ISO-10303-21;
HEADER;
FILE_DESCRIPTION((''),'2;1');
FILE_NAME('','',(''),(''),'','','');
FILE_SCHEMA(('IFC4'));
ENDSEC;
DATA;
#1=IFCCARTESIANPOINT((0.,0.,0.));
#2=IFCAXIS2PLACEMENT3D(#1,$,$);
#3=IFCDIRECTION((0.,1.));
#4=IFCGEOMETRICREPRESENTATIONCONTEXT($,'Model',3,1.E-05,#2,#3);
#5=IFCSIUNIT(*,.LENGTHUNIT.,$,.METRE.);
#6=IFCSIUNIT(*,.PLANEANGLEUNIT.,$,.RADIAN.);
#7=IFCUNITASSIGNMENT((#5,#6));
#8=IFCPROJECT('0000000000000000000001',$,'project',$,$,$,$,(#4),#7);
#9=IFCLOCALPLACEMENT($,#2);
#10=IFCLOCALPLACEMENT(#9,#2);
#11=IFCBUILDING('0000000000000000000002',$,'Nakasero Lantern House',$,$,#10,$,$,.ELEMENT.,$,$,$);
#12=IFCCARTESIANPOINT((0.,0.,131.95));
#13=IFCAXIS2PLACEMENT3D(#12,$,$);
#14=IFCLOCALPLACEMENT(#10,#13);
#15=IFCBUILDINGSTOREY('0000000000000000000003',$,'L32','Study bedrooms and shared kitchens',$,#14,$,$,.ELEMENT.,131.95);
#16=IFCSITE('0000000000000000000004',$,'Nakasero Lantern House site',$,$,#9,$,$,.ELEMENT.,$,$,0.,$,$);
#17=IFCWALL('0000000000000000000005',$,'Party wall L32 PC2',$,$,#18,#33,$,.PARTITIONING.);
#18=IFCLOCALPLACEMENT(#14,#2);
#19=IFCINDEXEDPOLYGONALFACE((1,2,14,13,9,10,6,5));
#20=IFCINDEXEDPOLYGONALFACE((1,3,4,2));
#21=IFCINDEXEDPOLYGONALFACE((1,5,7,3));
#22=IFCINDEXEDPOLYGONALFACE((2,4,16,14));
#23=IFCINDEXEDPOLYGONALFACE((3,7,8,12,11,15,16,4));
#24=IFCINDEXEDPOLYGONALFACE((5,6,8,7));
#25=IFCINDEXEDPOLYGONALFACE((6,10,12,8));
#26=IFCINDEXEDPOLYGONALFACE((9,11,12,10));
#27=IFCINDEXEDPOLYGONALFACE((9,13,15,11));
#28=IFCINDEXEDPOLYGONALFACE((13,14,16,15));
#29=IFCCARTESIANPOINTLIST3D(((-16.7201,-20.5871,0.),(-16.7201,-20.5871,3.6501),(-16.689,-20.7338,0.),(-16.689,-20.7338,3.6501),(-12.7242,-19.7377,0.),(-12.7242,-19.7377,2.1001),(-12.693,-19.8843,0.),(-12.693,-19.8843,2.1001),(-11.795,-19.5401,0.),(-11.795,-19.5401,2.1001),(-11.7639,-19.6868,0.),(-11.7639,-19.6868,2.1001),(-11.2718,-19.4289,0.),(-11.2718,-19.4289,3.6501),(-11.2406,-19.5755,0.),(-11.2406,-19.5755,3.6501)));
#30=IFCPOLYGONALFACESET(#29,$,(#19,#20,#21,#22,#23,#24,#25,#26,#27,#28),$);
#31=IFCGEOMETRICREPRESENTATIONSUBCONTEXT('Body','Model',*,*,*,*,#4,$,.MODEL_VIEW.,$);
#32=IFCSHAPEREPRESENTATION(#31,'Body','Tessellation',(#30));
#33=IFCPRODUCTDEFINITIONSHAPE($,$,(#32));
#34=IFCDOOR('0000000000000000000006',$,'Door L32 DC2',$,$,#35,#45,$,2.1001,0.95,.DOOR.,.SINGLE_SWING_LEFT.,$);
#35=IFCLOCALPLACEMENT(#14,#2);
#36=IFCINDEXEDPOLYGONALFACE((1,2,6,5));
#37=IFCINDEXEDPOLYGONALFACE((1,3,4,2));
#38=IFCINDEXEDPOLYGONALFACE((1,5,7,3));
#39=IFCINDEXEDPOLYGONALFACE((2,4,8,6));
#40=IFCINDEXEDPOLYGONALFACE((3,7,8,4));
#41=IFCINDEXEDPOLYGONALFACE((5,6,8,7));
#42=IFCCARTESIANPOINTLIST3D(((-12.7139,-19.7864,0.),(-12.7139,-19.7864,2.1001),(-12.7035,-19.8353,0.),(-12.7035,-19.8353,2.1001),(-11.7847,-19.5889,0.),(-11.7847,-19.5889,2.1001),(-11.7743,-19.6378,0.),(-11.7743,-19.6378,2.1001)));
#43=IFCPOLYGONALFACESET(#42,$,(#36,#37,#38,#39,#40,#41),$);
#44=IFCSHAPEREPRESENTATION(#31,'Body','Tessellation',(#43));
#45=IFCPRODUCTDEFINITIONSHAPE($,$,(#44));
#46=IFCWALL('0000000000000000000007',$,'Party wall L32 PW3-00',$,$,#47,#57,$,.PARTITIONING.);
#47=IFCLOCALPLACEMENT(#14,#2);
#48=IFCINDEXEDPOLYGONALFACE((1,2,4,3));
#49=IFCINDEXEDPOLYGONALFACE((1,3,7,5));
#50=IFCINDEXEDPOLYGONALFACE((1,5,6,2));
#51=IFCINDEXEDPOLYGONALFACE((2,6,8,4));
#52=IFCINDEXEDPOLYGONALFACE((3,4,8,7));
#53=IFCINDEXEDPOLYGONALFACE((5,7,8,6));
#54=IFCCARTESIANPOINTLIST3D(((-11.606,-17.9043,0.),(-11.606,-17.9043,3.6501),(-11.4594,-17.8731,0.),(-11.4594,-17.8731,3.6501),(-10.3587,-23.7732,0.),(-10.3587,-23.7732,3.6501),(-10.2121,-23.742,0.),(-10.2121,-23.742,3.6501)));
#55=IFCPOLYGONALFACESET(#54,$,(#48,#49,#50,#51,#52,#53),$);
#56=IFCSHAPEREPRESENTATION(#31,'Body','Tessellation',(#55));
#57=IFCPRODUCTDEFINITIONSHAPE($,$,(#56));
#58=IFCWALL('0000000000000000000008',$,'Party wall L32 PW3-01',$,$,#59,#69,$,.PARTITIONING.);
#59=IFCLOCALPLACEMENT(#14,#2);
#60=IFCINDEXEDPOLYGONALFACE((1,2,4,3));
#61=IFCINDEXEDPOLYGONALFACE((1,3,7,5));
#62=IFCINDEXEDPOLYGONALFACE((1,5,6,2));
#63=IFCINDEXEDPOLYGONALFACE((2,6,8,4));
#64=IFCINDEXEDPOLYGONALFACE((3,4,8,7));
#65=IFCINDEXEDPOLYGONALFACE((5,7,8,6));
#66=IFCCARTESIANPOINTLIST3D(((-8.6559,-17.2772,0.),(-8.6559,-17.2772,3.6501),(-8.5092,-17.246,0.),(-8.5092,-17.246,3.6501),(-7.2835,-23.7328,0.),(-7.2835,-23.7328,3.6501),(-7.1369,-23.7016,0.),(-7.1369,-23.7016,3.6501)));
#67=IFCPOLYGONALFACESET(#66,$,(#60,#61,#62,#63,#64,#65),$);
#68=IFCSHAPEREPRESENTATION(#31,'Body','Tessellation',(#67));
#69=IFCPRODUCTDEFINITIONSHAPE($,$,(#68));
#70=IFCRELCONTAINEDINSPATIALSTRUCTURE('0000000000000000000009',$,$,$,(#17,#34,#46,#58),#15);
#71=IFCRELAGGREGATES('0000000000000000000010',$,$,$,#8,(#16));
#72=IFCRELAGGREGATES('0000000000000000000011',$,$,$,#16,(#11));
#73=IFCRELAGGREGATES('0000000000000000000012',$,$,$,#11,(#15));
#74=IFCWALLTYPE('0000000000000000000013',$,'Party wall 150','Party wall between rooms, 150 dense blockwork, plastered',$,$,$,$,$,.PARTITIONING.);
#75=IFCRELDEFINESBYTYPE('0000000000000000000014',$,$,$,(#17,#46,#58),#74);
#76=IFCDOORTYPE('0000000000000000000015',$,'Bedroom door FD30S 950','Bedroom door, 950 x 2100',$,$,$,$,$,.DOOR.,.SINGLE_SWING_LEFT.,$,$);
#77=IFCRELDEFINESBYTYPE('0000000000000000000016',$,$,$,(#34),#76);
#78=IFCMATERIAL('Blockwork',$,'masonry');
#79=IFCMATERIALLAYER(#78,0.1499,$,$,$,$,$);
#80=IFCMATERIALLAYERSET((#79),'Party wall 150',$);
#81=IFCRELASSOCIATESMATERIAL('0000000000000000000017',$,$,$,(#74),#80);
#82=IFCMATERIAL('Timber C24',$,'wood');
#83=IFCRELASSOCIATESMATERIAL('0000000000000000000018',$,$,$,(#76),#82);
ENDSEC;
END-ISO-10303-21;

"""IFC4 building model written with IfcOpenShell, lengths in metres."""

from ifc_helpers import new_model, si_unit, direction, frame, frame_2d, origin, place, context, subcontext, project, spatial, rectangle, extrude, material, layer, layer_set, type_object, element, fill, save


model = new_model("IFC4")

# Units and contexts
model_context = context("Model", 3, precision=1e-05, world=origin(), true_north=direction((0.0, 1.0)))
body_context = subcontext(model_context, "Body", "Model", "MODEL_VIEW")
ifc_project = project(units=[si_unit("LENGTHUNIT", "METRE"), si_unit("PLANEANGLEUNIT", "RADIAN")], contexts=[model_context])

# Site, building, storey
site_placement = place(None, origin())
site = spatial("IfcSite", under=ifc_project, at=site_placement, Name="Nakasero Lantern House site", CompositionType="ELEMENT", RefElevation=0.0)
building_placement = place(site_placement, origin())
building = spatial("IfcBuilding", under=site, at=building_placement, Name="Nakasero Lantern House", CompositionType="ELEMENT")
storey_placement = place(building_placement, frame((0.0, 0.0, 131.95)))
storey = spatial("IfcBuildingStorey", under=building, at=storey_placement, Name="L32", Description="Study bedrooms and shared kitchens", CompositionType="ELEMENT", Elevation=131.95)

# Wall, opening, door
ifc_material_1 = material(Name="Blockwork", Category="masonry")
ifc_layer_1 = layer(ifc_material_1, 0.1499)
ifc_layer_set_1 = layer_set([ifc_layer_1], Name="Party wall 150")
wall_type_1 = type_object("IfcWallType", Name="Party wall 150", Description="Party wall between rooms, 150 dense blockwork, plastered", PredefinedType="PARTITIONING", material=ifc_layer_set_1)
wall_1_placement = place(storey_placement, frame((-11.2561, -19.5022, 0.0), z_axis=(0.0, 0.0, 1.0), x_axis=(-0.978142, -0.207936, 0.0)))
wall_1 = element("IfcWall", 1, at=wall_1_placement, inside=storey, type_object=wall_type_1, Name="Party wall L32 PC2", PredefinedType="PARTITIONING", context=body_context, shape_type="SweptSolid", body=[
    extrude(rectangle(XDim=5.5701, YDim=0.1499, at=frame_2d((2.7852, 0.0))), origin(), (0.0, 0.0, 1.0), 3.6501),
])
opening_1_placement = place(wall_1_placement, frame((0.5349, 0.0, 0.0)))
opening_1 = element("IfcOpeningElement", 2, at=opening_1_placement, cuts=wall_1, PredefinedType="OPENING", context=body_context, shape_type="SweptSolid", body=[
    extrude(rectangle(XDim=0.95, YDim=2.1001, at=frame_2d((0.4751, 1.05))), frame((0.0, 0.095, 0.0), z_axis=(0.0, -1.0, 0.0), x_axis=(1.0, 0.0, 0.0)), (0.0, 0.0, 1.0), 0.1899),
])
ifc_material_2 = material(Name="Timber C24", Category="wood")
door_type_1 = type_object("IfcDoorType", Name="Bedroom door FD30S 950", Description="Bedroom door, 950 x 2100", OperationType="SINGLE_SWING_LEFT", PredefinedType="DOOR", material=ifc_material_2)
door_1_placement = place(opening_1_placement, origin())
door_1 = element("IfcDoor", 3, at=door_1_placement, inside=storey, type_object=door_type_1, Name="Door L32 DC2", OperationType="SINGLE_SWING_LEFT", OverallHeight=2.1001, OverallWidth=0.95, PredefinedType="DOOR", context=body_context, shape_type="SweptSolid", body=[
    extrude(rectangle(XDim=0.95, YDim=2.1001, at=frame_2d((0.4751, 1.05))), frame((0.0, 0.0249, 0.0), z_axis=(0.0, -1.0, 0.0), x_axis=(1.0, 0.0, 0.0)), (0.0, 0.0, 1.0), 0.05),
])
fill(opening_1, door_1)

# Walls
wall_2_placement = place(storey_placement, frame((-11.5327, -17.8887, 0.0), z_axis=(0.0, 0.0, 1.0), x_axis=(0.207886, -0.978153, 0.0)))
element("IfcWall", 4, at=wall_2_placement, inside=storey, type_object=wall_type_1, Name="Party wall L32 PW3-00", PredefinedType="PARTITIONING", context=body_context, shape_type="SweptSolid", body=[
    extrude(rectangle(XDim=6.0, YDim=0.1499, at=frame_2d((3.0, 0.0))), origin(), (0.0, 0.0, 1.0), 3.6501),
])
wall_3_placement = place(storey_placement, frame((-8.5825, -17.2617, 0.0), z_axis=(0.0, 0.0, 1.0), x_axis=(0.207932, -0.978143, 0.0)))
element("IfcWall", 5, at=wall_3_placement, inside=storey, type_object=wall_type_1, Name="Party wall L32 PW3-01", PredefinedType="PARTITIONING", context=body_context, shape_type="SweptSolid", body=[
    extrude(rectangle(XDim=6.5999, YDim=0.1499, at=frame_2d((3.2998, 0.0))), origin(), (0.0, 0.0, 1.0), 3.6501),
])

save(model, "model.ifc")
